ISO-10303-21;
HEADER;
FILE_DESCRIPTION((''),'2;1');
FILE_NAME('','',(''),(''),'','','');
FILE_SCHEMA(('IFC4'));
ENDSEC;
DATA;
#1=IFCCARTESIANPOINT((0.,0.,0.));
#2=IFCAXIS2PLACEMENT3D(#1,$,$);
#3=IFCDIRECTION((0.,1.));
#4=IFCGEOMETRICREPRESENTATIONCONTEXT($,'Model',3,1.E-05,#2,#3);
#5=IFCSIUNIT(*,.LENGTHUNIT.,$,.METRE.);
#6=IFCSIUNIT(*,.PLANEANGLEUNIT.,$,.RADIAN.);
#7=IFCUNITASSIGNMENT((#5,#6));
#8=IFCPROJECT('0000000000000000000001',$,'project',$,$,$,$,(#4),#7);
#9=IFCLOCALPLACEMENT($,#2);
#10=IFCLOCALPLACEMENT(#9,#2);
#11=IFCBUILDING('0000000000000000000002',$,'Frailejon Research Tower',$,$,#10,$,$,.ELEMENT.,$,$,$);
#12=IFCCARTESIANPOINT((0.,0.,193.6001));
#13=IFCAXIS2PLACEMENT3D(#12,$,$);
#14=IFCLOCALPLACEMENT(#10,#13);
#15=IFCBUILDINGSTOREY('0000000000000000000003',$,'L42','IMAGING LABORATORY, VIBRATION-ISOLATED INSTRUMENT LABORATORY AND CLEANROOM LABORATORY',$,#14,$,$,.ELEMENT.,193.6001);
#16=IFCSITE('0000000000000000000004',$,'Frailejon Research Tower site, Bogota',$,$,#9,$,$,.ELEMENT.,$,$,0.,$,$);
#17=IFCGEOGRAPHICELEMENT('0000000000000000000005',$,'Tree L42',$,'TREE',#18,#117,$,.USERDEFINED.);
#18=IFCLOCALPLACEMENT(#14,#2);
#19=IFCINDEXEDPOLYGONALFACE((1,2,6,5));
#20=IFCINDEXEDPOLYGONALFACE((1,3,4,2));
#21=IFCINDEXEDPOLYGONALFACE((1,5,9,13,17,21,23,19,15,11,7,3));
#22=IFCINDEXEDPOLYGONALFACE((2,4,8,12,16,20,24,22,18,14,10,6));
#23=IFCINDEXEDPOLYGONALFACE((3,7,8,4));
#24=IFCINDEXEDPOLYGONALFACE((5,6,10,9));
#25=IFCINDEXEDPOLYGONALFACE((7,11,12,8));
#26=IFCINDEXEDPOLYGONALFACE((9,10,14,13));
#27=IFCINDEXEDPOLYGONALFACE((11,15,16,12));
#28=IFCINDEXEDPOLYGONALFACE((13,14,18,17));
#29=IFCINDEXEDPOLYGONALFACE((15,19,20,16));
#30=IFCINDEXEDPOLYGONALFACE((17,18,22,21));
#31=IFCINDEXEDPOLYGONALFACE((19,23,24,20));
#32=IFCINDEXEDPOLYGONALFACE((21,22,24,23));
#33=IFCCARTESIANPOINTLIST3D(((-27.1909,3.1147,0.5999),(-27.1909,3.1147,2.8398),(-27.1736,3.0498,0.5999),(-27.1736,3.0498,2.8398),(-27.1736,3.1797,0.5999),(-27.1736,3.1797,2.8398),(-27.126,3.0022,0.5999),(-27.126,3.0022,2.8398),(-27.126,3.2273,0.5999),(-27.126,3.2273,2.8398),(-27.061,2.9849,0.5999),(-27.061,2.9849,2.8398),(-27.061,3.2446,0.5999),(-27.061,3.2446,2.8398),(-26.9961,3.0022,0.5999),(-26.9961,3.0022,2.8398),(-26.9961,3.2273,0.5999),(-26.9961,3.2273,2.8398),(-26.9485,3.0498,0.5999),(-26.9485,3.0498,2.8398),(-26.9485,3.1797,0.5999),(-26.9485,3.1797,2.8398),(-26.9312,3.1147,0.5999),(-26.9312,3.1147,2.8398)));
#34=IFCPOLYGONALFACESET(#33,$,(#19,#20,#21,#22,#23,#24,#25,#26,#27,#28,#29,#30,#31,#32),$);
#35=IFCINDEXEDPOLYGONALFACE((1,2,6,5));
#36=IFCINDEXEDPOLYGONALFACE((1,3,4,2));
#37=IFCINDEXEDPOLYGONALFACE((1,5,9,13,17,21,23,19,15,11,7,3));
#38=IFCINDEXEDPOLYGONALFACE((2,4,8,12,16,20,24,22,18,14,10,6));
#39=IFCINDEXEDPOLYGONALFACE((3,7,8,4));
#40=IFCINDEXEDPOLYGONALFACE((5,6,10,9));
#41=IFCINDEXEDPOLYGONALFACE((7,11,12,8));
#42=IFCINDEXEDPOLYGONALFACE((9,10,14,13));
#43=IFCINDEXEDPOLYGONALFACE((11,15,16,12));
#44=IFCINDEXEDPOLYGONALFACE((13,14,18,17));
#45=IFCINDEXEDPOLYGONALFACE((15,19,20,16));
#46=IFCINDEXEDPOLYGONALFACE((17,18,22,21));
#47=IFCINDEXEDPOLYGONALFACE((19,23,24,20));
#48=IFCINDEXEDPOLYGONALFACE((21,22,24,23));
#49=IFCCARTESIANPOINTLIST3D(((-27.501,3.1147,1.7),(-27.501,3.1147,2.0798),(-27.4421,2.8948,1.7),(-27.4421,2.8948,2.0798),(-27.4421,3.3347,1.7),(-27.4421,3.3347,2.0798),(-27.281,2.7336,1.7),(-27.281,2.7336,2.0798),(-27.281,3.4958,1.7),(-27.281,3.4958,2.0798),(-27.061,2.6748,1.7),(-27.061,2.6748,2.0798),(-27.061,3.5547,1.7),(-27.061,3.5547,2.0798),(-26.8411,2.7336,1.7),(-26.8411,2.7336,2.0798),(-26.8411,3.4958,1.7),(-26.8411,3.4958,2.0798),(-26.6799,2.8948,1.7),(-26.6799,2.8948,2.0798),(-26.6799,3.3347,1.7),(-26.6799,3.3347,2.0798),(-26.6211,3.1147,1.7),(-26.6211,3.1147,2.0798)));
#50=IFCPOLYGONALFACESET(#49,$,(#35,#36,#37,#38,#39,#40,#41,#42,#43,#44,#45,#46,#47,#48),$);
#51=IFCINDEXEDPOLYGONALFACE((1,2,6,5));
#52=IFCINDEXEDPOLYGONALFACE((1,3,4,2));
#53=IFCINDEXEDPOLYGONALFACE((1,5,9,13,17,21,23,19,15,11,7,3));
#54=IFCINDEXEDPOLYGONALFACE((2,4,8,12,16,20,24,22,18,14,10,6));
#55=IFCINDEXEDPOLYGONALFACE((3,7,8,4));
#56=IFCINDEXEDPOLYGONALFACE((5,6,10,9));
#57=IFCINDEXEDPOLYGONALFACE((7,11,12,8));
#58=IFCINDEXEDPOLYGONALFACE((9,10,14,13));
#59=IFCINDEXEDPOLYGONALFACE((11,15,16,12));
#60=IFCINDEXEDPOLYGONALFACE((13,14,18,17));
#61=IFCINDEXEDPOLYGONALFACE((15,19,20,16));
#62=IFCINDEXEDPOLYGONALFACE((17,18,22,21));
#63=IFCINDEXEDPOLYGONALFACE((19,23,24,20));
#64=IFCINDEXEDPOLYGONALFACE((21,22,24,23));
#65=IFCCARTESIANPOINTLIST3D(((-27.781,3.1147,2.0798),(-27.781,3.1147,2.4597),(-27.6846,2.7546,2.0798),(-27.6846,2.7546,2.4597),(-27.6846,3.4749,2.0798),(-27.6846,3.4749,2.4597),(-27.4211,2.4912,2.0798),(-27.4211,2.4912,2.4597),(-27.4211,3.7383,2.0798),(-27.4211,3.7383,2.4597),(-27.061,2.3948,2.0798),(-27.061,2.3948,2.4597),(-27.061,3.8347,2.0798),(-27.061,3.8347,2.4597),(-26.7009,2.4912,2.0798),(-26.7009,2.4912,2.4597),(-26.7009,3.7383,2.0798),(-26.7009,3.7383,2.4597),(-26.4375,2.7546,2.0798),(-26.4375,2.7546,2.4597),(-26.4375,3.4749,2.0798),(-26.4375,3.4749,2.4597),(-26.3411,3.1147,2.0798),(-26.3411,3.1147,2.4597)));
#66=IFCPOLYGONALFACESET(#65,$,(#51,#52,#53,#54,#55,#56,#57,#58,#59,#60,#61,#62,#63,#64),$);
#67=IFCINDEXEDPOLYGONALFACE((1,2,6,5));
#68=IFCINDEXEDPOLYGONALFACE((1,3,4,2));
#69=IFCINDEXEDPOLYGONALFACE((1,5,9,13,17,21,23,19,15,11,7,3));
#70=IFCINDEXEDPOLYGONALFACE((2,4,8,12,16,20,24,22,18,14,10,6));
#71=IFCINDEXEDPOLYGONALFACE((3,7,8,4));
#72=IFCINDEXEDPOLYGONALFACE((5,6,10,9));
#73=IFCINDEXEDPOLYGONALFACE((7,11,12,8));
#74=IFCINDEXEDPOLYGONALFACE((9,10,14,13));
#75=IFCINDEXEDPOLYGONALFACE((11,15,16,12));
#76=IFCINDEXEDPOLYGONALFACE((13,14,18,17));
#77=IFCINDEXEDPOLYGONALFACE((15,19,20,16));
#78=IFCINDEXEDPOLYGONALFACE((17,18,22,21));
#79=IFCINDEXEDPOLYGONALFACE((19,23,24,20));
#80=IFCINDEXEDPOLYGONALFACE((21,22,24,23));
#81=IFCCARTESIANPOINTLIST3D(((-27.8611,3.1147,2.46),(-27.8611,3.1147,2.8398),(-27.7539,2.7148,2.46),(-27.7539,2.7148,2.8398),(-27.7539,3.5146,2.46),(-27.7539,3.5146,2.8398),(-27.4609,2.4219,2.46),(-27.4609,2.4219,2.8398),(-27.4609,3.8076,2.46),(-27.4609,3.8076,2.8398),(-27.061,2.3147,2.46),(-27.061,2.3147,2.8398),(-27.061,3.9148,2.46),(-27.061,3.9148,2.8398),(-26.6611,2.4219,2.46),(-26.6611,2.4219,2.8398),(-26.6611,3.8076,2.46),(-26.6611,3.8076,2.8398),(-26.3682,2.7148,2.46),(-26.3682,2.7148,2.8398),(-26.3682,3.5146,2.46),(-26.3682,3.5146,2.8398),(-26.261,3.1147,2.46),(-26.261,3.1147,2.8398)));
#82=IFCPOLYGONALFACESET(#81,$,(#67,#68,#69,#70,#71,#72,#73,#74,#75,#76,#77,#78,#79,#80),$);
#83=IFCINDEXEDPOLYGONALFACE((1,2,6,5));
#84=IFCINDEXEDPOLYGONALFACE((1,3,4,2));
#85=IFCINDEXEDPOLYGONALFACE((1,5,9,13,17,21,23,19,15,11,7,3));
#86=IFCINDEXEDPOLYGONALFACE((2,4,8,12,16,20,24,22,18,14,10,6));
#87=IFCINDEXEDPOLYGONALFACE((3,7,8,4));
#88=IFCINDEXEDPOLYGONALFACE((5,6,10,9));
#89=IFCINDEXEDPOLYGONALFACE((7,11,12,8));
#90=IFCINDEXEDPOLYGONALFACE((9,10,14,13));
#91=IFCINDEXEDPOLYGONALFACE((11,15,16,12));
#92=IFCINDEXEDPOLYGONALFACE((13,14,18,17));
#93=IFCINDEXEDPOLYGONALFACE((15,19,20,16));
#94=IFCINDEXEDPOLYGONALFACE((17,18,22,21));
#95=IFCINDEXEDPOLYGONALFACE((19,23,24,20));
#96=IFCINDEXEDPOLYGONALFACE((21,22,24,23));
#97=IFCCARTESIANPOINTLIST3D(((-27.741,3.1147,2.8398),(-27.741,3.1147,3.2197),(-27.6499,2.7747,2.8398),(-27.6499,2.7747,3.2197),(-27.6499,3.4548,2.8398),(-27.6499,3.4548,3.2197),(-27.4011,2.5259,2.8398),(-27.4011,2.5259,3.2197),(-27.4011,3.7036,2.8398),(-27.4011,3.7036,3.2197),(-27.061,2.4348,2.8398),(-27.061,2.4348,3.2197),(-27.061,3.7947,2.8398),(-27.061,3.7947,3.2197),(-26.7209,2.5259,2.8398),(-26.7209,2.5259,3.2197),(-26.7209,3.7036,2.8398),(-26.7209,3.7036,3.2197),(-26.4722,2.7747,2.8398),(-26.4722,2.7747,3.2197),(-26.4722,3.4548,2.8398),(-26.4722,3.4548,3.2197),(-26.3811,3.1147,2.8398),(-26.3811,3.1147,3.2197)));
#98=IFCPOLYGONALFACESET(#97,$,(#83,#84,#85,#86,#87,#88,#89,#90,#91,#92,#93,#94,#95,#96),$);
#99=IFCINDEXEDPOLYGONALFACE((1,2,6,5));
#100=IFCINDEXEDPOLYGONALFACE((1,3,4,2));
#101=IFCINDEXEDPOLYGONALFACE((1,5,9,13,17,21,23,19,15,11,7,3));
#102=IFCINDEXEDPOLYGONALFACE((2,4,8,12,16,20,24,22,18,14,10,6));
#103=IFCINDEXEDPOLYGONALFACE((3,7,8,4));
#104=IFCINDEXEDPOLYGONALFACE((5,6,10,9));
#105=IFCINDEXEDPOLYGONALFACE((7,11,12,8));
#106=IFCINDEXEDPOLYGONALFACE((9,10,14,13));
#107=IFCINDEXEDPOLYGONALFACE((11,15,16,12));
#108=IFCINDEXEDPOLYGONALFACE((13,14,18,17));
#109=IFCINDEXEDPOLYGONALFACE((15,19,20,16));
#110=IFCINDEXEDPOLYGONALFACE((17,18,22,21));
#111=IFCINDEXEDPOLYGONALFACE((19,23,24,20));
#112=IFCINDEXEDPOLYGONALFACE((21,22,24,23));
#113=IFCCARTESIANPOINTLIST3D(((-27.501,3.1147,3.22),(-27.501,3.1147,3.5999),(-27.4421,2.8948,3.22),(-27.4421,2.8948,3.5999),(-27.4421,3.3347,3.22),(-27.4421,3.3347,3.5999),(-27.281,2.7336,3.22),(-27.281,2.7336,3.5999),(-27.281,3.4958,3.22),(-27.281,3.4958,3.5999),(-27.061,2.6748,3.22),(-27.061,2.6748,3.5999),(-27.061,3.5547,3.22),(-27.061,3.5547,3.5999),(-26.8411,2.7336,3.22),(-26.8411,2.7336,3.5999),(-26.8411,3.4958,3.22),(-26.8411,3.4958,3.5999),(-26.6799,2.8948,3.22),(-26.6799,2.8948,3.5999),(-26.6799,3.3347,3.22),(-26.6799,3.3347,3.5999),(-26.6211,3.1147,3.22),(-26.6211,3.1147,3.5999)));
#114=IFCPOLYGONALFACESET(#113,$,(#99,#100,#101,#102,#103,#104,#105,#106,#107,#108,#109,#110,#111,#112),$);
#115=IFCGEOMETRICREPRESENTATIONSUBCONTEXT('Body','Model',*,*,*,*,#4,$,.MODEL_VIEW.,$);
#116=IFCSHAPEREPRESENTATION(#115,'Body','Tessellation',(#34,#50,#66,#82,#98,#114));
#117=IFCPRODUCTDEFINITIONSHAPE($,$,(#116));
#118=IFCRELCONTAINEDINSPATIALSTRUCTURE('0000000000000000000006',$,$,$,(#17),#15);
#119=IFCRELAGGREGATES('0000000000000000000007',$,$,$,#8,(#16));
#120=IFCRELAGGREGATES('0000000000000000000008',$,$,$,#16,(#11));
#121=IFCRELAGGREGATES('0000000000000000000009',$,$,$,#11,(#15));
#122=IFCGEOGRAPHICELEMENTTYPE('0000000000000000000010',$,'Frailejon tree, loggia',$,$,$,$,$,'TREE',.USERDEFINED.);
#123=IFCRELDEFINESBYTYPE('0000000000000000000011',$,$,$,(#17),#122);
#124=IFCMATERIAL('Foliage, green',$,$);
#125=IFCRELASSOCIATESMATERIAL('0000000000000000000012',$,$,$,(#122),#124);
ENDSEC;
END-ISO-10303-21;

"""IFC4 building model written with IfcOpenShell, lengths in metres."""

from ifc_helpers import new_model, si_unit, direction, frame, origin, place, context, subcontext, project, spatial, polyline, outline, extrude, material, type_object, element, save


model = new_model("IFC4")

# Units and contexts
model_context = context("Model", 3, precision=1e-05, world=origin(), true_north=direction((0.0, 1.0)))
body_context = subcontext(model_context, "Body", "Model", "MODEL_VIEW")
ifc_project = project(units=[si_unit("LENGTHUNIT", "METRE"), si_unit("PLANEANGLEUNIT", "RADIAN")], contexts=[model_context])

# Site, building, storey
site_placement = place(None, origin())
site = spatial("IfcSite", under=ifc_project, at=site_placement, Name="Frailejon Research Tower site, Bogota", CompositionType="ELEMENT", RefElevation=0.0)
building_placement = place(site_placement, origin())
building = spatial("IfcBuilding", under=site, at=building_placement, Name="Frailejon Research Tower", CompositionType="ELEMENT")
storey_placement = place(building_placement, frame((0.0, 0.0, 193.6001)))
storey = spatial("IfcBuildingStorey", under=building, at=storey_placement, Name="L42", Description="IMAGING LABORATORY, VIBRATION-ISOLATED INSTRUMENT LABORATORY AND CLEANROOM LABORATORY", CompositionType="ELEMENT", Elevation=193.6001)

# Geographic element
ifc_material_1 = material(Name="Foliage, green")
geographic_element_type = type_object("IfcGeographicElementType", Name="Frailejon tree, loggia", ElementType="TREE", PredefinedType="USERDEFINED", material=ifc_material_1)
geographic_element_placement = place(storey_placement, frame((-27.061, 3.1147, 0.5999)))
element("IfcGeographicElement", 1, at=geographic_element_placement, inside=storey, type_object=geographic_element_type, Name="Tree L42", ObjectType="TREE", PredefinedType="USERDEFINED", context=body_context, shape_type="SweptSolid", body=[
    extrude(outline(polyline([(0.1299, 0.0), (0.1125, 0.0649), (0.0649, 0.1125), (0.0, 0.1299), (-0.0649, 0.1125), (-0.1125, 0.0649), (-0.1299, 0.0), (-0.1125, -0.0649), (-0.0649, -0.1125), (0.0, -0.1299), (0.0649, -0.1125), (0.1125, -0.0649), (0.1299, 0.0)])), origin(), (0.0, 0.0, 1.0), 2.24),
    extrude(outline(polyline([(0.4399, 0.0), (0.3811, 0.22), (0.22, 0.3811), (0.0, 0.4399), (-0.22, 0.3811), (-0.3811, 0.22), (-0.4399, 0.0), (-0.3811, -0.22), (-0.22, -0.3811), (0.0, -0.4399), (0.22, -0.3811), (0.3811, -0.22), (0.4399, 0.0)])), frame((0.0, 0.0, 1.1001)), (0.0, 0.0, 1.0), 0.3799),
    extrude(outline(polyline([(0.72, 0.0), (0.6235, 0.3601), (0.3601, 0.6235), (0.0, 0.72), (-0.3601, 0.6235), (-0.6235, 0.3601), (-0.72, 0.0), (-0.6235, -0.3601), (-0.3601, -0.6235), (0.0, -0.72), (0.3601, -0.6235), (0.6235, -0.3601), (0.72, 0.0)])), frame((0.0, 0.0, 1.48)), (0.0, 0.0, 1.0), 0.3799),
    extrude(outline(polyline([(0.8, 0.0), (0.6929, 0.3999), (0.3999, 0.6929), (0.0, 0.8), (-0.3999, 0.6929), (-0.6929, 0.3999), (-0.8, 0.0), (-0.6929, -0.3999), (-0.3999, -0.6929), (0.0, -0.8), (0.3999, -0.6929), (0.6929, -0.3999), (0.8, 0.0)])), frame((0.0, 0.0, 1.8601)), (0.0, 0.0, 1.0), 0.3799),
    extrude(outline(polyline([(0.6799, 0.0), (0.5889, 0.3401), (0.3401, 0.5889), (0.0, 0.6799), (-0.3401, 0.5889), (-0.5889, 0.3401), (-0.6799, 0.0), (-0.5889, -0.3401), (-0.3401, -0.5889), (0.0, -0.6799), (0.3401, -0.5889), (0.5889, -0.3401), (0.6799, 0.0)])), frame((0.0, 0.0, 2.24)), (0.0, 0.0, 1.0), 0.3799),
    extrude(outline(polyline([(0.4399, 0.0), (0.3811, 0.22), (0.22, 0.3811), (0.0, 0.4399), (-0.22, 0.3811), (-0.3811, 0.22), (-0.4399, 0.0), (-0.3811, -0.22), (-0.22, -0.3811), (0.0, -0.4399), (0.22, -0.3811), (0.3811, -0.22), (0.4399, 0.0)])), frame((0.0, 0.0, 2.6201)), (0.0, 0.0, 1.0), 0.3799),
])

save(model, "model.ifc")
